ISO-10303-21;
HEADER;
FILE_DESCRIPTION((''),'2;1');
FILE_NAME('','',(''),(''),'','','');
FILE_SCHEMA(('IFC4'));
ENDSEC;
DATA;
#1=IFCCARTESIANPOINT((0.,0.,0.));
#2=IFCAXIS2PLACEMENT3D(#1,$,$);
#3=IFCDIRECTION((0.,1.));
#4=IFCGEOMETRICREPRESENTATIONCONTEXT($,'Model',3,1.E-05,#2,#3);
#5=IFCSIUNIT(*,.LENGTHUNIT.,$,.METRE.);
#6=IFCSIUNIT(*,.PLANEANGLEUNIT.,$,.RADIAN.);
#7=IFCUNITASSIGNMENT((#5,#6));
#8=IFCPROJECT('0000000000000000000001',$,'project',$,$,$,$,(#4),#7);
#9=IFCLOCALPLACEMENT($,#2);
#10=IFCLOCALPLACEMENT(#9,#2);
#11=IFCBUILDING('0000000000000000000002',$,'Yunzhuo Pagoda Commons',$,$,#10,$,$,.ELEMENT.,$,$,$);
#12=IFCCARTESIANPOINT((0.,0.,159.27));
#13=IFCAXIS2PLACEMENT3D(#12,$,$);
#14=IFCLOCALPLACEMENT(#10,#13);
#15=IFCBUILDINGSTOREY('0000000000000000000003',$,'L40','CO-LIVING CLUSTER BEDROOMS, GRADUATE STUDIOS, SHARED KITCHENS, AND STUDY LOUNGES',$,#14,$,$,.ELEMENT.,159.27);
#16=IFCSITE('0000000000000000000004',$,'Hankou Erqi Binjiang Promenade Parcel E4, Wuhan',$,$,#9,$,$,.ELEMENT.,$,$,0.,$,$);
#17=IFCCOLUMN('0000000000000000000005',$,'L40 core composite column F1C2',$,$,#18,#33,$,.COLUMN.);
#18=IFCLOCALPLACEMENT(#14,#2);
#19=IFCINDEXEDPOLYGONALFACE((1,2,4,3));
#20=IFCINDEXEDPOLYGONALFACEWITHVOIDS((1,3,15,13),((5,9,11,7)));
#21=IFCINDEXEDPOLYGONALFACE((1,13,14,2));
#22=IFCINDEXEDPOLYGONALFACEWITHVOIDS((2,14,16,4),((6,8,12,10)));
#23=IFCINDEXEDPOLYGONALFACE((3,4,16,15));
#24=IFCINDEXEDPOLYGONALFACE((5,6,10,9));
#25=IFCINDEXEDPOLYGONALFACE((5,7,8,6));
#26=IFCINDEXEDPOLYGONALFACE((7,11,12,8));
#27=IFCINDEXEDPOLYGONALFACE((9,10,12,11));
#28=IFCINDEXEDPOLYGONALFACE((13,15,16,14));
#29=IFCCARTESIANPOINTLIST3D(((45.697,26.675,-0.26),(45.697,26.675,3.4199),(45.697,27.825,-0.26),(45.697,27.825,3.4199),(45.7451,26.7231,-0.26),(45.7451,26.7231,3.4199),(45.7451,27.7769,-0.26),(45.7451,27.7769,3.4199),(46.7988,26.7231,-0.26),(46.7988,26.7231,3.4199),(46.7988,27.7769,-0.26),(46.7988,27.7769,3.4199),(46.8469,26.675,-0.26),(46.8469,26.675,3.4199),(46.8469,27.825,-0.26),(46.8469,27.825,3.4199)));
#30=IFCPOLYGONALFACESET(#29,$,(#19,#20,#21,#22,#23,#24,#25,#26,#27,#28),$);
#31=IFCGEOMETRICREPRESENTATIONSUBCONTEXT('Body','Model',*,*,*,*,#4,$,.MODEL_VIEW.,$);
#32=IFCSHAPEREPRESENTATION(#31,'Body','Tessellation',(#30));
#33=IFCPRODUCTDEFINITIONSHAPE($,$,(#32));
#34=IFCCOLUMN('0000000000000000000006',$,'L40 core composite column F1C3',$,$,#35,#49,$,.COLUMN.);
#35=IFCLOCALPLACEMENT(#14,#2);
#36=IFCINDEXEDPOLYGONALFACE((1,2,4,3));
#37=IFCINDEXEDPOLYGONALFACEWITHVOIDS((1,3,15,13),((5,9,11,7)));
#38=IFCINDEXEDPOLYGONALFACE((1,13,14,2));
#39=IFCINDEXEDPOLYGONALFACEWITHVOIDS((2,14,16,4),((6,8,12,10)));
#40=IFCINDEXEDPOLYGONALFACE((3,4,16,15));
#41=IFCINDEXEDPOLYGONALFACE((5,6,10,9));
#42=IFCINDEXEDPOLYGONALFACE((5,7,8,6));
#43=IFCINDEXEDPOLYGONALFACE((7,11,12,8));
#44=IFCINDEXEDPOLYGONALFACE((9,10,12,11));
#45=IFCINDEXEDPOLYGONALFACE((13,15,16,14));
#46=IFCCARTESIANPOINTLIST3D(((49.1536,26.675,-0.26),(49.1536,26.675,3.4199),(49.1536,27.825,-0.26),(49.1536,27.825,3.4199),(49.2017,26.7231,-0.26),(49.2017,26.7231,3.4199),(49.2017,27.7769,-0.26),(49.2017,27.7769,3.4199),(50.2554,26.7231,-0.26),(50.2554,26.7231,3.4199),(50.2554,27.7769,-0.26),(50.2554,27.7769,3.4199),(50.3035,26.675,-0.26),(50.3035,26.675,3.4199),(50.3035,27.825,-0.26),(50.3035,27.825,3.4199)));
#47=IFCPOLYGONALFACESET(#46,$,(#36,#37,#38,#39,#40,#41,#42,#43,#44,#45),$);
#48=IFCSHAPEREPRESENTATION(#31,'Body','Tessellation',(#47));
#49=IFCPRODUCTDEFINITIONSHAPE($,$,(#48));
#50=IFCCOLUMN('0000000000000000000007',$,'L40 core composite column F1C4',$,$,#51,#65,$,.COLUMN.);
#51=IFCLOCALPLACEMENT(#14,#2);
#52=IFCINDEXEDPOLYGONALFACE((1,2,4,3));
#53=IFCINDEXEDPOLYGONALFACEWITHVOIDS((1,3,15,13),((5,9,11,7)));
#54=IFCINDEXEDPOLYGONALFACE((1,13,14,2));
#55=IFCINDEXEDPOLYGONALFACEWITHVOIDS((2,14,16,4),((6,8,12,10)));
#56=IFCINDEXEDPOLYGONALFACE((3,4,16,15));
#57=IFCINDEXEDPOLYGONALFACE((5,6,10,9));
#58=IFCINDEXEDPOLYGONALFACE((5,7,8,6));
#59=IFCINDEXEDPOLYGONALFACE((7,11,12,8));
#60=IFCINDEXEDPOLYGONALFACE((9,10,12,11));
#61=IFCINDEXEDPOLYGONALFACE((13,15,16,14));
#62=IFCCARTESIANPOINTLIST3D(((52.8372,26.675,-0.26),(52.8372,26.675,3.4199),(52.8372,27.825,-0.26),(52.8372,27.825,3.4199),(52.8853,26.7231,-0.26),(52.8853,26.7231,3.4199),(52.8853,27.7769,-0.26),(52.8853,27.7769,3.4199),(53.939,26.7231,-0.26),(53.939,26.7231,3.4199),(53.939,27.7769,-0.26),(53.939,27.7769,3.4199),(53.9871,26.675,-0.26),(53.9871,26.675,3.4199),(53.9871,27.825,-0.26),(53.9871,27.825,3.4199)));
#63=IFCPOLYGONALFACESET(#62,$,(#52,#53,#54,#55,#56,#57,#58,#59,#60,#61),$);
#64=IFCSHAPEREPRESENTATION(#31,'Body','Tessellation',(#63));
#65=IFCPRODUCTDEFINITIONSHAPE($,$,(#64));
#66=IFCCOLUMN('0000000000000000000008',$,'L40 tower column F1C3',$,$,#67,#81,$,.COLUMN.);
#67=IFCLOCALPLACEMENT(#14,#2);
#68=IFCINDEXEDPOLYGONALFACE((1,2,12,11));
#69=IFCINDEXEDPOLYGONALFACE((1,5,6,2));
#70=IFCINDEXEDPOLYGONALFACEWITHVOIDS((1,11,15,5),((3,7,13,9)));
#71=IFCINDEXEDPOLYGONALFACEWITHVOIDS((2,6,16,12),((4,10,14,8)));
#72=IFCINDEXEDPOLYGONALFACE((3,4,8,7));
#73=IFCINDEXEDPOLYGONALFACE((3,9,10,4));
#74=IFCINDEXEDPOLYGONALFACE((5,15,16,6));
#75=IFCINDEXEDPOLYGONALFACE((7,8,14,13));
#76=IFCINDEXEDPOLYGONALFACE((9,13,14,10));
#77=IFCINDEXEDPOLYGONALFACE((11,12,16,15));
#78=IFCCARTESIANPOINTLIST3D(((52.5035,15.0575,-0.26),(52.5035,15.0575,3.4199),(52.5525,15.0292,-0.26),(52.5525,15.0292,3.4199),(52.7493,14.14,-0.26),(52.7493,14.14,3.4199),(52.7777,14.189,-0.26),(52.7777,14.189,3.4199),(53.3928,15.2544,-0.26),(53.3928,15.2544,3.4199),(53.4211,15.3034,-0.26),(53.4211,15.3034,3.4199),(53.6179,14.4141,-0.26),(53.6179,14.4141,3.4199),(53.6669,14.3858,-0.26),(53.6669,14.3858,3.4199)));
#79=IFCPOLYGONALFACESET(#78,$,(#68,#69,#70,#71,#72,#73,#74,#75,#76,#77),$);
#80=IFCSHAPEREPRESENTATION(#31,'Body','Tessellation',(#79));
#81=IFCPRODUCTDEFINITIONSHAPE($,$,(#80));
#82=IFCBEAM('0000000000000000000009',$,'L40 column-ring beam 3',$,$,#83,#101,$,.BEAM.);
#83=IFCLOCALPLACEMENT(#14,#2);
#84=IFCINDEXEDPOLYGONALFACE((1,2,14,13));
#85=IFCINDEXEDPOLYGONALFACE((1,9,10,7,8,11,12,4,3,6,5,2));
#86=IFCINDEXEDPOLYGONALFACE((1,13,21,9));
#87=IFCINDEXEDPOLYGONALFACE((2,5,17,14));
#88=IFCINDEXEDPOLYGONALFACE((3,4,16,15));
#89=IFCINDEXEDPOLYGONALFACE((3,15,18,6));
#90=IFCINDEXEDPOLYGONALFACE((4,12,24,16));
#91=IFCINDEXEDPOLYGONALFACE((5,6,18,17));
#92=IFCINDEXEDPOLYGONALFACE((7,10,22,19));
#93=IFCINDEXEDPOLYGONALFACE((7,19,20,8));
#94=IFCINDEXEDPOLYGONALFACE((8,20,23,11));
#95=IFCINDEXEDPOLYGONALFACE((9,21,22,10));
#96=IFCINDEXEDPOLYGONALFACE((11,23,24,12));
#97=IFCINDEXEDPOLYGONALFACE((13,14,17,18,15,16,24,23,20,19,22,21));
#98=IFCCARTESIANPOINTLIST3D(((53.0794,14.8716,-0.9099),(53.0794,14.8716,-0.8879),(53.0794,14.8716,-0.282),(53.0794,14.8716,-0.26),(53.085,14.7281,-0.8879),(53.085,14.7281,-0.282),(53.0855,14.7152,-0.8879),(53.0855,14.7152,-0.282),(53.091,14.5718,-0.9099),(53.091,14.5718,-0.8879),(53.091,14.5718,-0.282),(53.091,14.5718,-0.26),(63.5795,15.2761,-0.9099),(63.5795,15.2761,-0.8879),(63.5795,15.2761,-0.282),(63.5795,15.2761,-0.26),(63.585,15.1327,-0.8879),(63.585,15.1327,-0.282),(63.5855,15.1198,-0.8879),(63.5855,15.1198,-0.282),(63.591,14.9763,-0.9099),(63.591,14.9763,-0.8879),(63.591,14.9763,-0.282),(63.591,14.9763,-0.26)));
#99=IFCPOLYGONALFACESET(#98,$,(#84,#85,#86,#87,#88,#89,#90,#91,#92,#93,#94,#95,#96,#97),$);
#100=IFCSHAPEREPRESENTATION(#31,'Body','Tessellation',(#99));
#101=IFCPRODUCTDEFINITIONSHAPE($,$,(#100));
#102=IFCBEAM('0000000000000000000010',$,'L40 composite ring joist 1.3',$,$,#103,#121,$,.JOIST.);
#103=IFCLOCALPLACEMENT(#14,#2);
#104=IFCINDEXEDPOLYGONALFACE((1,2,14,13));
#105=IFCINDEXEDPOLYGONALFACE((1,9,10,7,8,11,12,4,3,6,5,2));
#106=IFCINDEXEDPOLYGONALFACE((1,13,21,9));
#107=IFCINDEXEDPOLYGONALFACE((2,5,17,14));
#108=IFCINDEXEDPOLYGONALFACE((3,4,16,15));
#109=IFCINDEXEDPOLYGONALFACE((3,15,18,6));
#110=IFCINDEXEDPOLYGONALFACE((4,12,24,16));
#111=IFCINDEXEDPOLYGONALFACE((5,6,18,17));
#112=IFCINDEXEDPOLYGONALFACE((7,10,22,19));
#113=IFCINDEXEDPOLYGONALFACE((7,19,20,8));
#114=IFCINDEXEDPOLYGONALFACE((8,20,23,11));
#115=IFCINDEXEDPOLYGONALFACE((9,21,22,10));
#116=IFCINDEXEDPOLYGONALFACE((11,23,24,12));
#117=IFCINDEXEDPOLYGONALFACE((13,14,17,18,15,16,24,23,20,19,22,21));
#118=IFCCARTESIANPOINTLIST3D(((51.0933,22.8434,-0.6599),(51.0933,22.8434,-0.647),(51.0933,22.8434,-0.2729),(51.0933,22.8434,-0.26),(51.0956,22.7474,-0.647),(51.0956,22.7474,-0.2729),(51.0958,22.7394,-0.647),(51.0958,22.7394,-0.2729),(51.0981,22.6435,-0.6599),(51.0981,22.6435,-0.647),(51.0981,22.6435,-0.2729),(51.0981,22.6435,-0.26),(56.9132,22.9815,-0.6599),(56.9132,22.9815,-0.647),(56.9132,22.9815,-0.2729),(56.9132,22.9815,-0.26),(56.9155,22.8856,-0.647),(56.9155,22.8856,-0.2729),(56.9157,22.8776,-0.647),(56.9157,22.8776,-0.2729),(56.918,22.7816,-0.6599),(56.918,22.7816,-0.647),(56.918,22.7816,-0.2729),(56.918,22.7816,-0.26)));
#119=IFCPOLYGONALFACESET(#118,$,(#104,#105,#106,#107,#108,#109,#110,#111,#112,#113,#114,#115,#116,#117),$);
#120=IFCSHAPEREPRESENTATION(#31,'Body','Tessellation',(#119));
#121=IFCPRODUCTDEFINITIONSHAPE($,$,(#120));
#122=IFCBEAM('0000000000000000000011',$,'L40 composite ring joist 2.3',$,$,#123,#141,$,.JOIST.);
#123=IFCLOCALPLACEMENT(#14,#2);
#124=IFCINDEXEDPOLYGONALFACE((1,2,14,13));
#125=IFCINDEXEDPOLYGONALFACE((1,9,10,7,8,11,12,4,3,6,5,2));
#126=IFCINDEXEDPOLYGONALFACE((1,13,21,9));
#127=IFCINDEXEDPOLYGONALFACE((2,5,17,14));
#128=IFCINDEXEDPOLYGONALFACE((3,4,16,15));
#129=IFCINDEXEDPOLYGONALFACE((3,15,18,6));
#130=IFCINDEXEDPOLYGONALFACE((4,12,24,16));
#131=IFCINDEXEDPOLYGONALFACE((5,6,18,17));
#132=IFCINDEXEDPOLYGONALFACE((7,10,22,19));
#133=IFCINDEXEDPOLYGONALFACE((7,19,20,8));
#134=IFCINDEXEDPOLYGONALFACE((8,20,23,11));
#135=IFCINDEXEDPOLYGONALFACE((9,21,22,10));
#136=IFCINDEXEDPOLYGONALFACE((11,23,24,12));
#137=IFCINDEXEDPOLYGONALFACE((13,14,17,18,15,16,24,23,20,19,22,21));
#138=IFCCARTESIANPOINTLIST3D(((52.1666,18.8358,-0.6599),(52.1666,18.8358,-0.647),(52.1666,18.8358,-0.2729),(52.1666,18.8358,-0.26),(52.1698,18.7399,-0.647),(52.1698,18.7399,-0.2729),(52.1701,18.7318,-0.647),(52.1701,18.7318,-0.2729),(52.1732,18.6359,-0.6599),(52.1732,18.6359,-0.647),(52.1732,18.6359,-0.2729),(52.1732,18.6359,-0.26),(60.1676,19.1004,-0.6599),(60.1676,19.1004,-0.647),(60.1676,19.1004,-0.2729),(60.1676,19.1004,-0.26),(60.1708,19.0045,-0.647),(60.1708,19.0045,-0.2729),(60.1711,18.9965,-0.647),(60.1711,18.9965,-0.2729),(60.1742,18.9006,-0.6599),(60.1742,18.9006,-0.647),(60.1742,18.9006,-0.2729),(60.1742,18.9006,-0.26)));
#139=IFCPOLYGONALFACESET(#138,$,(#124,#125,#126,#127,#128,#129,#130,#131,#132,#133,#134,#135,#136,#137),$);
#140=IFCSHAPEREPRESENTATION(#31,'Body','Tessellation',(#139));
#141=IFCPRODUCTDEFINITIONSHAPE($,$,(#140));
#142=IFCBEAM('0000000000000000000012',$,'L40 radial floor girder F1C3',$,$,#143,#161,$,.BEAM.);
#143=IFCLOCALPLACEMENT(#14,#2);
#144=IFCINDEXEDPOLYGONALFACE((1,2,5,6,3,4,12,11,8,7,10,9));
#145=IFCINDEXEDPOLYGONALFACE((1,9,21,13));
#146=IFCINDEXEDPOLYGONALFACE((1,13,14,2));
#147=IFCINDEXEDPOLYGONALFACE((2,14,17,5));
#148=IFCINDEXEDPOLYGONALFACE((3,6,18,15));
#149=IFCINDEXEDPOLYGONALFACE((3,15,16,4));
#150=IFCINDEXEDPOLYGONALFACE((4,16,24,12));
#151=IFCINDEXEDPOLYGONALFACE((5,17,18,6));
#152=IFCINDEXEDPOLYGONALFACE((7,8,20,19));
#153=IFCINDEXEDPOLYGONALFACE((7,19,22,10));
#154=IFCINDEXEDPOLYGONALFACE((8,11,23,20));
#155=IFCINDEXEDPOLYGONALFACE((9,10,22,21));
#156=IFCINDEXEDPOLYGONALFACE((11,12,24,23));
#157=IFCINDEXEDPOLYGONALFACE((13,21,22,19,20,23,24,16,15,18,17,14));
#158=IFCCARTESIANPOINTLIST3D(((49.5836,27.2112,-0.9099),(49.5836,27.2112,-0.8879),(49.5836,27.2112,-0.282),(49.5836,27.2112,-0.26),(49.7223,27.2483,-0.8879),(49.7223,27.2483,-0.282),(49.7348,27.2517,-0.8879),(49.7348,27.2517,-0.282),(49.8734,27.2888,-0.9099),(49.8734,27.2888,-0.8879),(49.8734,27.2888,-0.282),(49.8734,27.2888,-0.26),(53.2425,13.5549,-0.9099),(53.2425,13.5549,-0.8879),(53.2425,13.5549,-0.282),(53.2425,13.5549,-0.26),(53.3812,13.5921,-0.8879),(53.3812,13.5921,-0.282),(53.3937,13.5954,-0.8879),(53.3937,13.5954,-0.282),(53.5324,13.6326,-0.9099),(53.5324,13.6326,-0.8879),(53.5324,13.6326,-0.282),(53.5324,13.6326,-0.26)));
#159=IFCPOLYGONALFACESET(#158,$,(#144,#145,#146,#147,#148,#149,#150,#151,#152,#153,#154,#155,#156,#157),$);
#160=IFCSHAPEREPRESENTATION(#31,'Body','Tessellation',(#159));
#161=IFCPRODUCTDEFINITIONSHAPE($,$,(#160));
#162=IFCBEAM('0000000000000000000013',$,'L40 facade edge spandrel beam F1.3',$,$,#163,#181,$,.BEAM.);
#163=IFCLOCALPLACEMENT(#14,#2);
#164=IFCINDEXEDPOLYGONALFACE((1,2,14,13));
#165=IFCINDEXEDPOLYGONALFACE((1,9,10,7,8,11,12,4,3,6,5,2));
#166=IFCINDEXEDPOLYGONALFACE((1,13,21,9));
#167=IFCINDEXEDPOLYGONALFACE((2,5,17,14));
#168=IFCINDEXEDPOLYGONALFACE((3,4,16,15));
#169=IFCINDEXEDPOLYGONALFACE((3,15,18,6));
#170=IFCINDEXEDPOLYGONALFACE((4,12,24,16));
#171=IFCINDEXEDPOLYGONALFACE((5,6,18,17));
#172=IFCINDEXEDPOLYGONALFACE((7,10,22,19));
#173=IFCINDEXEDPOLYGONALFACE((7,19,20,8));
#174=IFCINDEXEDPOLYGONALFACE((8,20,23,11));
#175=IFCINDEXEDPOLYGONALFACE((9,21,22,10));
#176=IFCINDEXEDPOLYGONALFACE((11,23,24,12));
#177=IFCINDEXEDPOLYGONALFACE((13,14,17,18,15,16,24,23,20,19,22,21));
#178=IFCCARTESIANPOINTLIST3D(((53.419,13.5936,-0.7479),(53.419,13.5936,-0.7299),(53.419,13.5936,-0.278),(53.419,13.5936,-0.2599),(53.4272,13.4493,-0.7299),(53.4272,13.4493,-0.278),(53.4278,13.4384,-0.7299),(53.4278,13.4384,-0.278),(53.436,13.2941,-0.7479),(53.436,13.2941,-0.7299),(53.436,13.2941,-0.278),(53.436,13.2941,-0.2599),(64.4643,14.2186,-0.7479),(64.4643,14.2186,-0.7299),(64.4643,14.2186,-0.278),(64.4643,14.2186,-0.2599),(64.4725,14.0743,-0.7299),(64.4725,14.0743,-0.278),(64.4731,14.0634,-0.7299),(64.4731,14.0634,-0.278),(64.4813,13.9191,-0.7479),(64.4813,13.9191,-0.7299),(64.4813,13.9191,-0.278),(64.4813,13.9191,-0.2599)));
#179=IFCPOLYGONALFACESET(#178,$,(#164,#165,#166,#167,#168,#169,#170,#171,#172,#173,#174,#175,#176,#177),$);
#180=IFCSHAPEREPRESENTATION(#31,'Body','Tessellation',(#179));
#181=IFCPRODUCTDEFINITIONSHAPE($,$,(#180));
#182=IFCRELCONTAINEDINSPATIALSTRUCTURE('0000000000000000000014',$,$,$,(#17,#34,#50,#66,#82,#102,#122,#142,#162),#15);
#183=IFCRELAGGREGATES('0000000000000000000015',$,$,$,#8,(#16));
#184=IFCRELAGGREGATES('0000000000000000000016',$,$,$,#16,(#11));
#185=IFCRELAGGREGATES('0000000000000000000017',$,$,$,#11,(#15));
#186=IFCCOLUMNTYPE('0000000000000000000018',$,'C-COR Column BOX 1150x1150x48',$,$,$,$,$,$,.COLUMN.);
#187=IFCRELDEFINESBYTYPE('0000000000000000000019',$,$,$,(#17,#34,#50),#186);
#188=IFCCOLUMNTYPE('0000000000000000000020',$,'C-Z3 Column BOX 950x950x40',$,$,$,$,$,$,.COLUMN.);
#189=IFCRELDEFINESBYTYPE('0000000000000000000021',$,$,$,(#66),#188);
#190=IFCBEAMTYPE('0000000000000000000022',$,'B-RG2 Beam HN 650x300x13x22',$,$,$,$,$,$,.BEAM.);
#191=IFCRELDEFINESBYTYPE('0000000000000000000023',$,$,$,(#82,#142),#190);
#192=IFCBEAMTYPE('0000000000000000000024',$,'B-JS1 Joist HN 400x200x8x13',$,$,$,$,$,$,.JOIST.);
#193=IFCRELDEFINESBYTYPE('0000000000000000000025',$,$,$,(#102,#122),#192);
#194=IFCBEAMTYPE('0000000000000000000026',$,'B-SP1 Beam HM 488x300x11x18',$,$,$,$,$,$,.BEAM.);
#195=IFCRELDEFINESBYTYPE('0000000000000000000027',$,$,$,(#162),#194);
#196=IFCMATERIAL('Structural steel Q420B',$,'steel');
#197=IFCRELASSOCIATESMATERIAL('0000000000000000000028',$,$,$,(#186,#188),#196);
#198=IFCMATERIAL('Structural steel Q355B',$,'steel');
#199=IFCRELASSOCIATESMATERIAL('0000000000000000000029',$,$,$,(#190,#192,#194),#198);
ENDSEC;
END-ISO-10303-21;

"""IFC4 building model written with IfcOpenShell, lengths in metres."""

from ifc_helpers import new_model, si_unit, direction, frame, origin, origin_2d, place, context, subcontext, project, spatial, hollow_rectangle, i_section, extrude, source, transform, mapped, material, material_profile, profile_set, type_object, element, save


model = new_model("IFC4")

# Units and contexts
model_context = context("Model", 3, precision=1e-05, world=origin(), true_north=direction((0.0, 1.0)))
body_context = subcontext(model_context, "Body", "Model", "MODEL_VIEW")
ifc_project = project(units=[si_unit("LENGTHUNIT", "METRE"), si_unit("PLANEANGLEUNIT", "RADIAN")], contexts=[model_context])

# Site, building, storey
site_placement = place(None, origin())
site = spatial("IfcSite", under=ifc_project, at=site_placement, Name="Hankou Erqi Binjiang Promenade Parcel E4, Wuhan", CompositionType="ELEMENT", RefElevation=0.0)
building_placement = place(site_placement, origin())
building = spatial("IfcBuilding", under=site, at=building_placement, Name="Yunzhuo Pagoda Commons", CompositionType="ELEMENT")
storey_placement = place(building_placement, frame((0.0, 0.0, 159.27)))
storey = spatial("IfcBuildingStorey", under=building, at=storey_placement, Name="L40", Description="CO-LIVING CLUSTER BEDROOMS, GRADUATE STUDIOS, SHARED KITCHENS, AND STUDY LOUNGES", CompositionType="ELEMENT", Elevation=159.27)

# Columns
ifc_material_1 = material(Name="Structural steel Q420B", Category="steel")
ifc_material_profile_1 = material_profile(ifc_material_1, hollow_rectangle(XDim=1.1499, YDim=1.1499, WallThickness=0.0481, at=origin_2d()), Name="Structural steel Q420B")
ifc_profile_set_1 = profile_set([ifc_material_profile_1], Name="Structural steel Q420B")
column_type_1 = type_object("IfcColumnType", Name="C-COR Column BOX 1150x1150x48", PredefinedType="COLUMN", material=ifc_profile_set_1)
shared_shape_1 = source(origin(), body_context, "Body", "SweptSolid", [
    extrude(hollow_rectangle(XDim=1.1499, YDim=1.1499, WallThickness=0.0481, at=origin_2d()), origin(), (0.0, 0.0, 1.0), 3.6799),
])
for number, where, z_axis, x_axis, name in (
    (1, (46.272, 27.25, -0.26), (0.0, 0.0, 1.0), (1.0, 0.0, 0.0), "L40 core composite column F1C2"),
    (2, (49.7285, 27.25, -0.26), (0.0, 0.0, 1.0), (1.0, 0.0, 0.0), "L40 core composite column F1C3"),
    (3, (53.4121, 27.25, -0.26), (0.0, 0.0, 1.0), (1.0, 0.0, 0.0), "L40 core composite column F1C4"),
):
    element("IfcColumn", number, at=place(storey_placement, frame(where, z_axis=z_axis, x_axis=x_axis)), inside=storey, type_object=column_type_1, Name=name, PredefinedType="COLUMN", context=body_context, shape_type="MappedRepresentation", body=[
        mapped(shared_shape_1, transform((0.0, 0.0, 0.0), scale=1.0)),
    ])
ifc_material_profile_2 = material_profile(ifc_material_1, hollow_rectangle(XDim=0.95, YDim=0.95, WallThickness=0.04, at=origin_2d()), Name="Structural steel Q420B")
ifc_profile_set_2 = profile_set([ifc_material_profile_2], Name="Structural steel Q420B")
column_type_2 = type_object("IfcColumnType", Name="C-Z3 Column BOX 950x950x40", PredefinedType="COLUMN", material=ifc_profile_set_2)
shared_shape_2 = source(origin(), body_context, "Body", "SweptSolid", [
    extrude(hollow_rectangle(XDim=0.95, YDim=0.95, WallThickness=0.04, at=origin_2d()), origin(), (0.0, 0.0, 1.0), 3.6799),
])
column_placement = place(storey_placement, frame((53.0852, 14.7217, -0.26), z_axis=(0.0, 0.0, 1.0), x_axis=(0.965926, 0.258819, 0.0)))
element("IfcColumn", 4, at=column_placement, inside=storey, type_object=column_type_2, Name="L40 tower column F1C3", PredefinedType="COLUMN", context=body_context, shape_type="MappedRepresentation", body=[
    mapped(shared_shape_2, transform((0.0, 0.0, 0.0), scale=1.0)),
])

# Beams
ifc_material_2 = material(Name="Structural steel Q355B", Category="steel")
ifc_material_profile_3 = material_profile(ifc_material_2, i_section(OverallWidth=0.3, OverallDepth=0.6499, WebThickness=0.0129, FlangeThickness=0.022, at=origin_2d()), Name="Structural steel Q355B")
ifc_profile_set_3 = profile_set([ifc_material_profile_3], Name="Structural steel Q355B")
beam_type_1 = type_object("IfcBeamType", Name="B-RG2 Beam HN 650x300x13x22", PredefinedType="BEAM", material=ifc_profile_set_3)
shared_shape_3 = source(origin(), body_context, "Body", "SweptSolid", [
    extrude(i_section(OverallWidth=0.3, OverallDepth=0.6499, WebThickness=0.0129, FlangeThickness=0.022, at=origin_2d()), origin(), (0.0, 0.0, 1.0), 10.5078),
])
beam_1_placement = place(storey_placement, frame((53.0852, 14.7217, -0.585), z_axis=(0.999259, 0.038499, 0.0), x_axis=(-0.038499, 0.999259, 0.0)))
element("IfcBeam", 5, at=beam_1_placement, inside=storey, type_object=beam_type_1, Name="L40 column-ring beam 3", PredefinedType="BEAM", context=body_context, shape_type="MappedRepresentation", body=[
    mapped(shared_shape_3, transform((0.0, 0.0, 0.0), scale=1.0)),
])
ifc_material_profile_4 = material_profile(ifc_material_2, i_section(OverallWidth=0.2, OverallDepth=0.3999, WebThickness=0.0081, FlangeThickness=0.0129, at=origin_2d()), Name="Structural steel Q355B")
ifc_profile_set_4 = profile_set([ifc_material_profile_4], Name="Structural steel Q355B")
beam_type_2 = type_object("IfcBeamType", Name="B-JS1 Joist HN 400x200x8x13", PredefinedType="JOIST", material=ifc_profile_set_4)
shared_shape_4 = source(origin(), body_context, "Body", "SweptSolid", [
    extrude(i_section(OverallWidth=0.2, OverallDepth=0.3999, WebThickness=0.0081, FlangeThickness=0.0129, at=origin_2d()), origin(), (0.0, 0.0, 1.0), 5.8215),
])
beam_2_placement = place(storey_placement, frame((51.0957, 22.7434, -0.46), z_axis=(0.999718, 0.023737, 0.0), x_axis=(-0.023737, 0.999718, 0.0)))
element("IfcBeam", 6, at=beam_2_placement, inside=storey, type_object=beam_type_2, Name="L40 composite ring joist 1.3", PredefinedType="JOIST", context=body_context, shape_type="MappedRepresentation", body=[
    mapped(shared_shape_4, transform((0.0, 0.0, 0.0), scale=1.0)),
])
shared_shape_5 = source(origin(), body_context, "Body", "SweptSolid", [
    extrude(i_section(OverallWidth=0.2, OverallDepth=0.3999, WebThickness=0.0081, FlangeThickness=0.0129, at=origin_2d()), origin(), (0.0, 0.0, 1.0), 8.0054),
])
beam_3_placement = place(storey_placement, frame((52.1699, 18.7358, -0.46), z_axis=(0.999453, 0.033059, 0.0), x_axis=(-0.033059, 0.999453, 0.0)))
element("IfcBeam", 7, at=beam_3_placement, inside=storey, type_object=beam_type_2, Name="L40 composite ring joist 2.3", PredefinedType="JOIST", context=body_context, shape_type="MappedRepresentation", body=[
    mapped(shared_shape_5, transform((0.0, 0.0, 0.0), scale=1.0)),
])
shared_shape_6 = source(origin(), body_context, "Body", "SweptSolid", [
    extrude(i_section(OverallWidth=0.3, OverallDepth=0.6499, WebThickness=0.0129, FlangeThickness=0.022, at=origin_2d()), origin(), (0.0, 0.0, 1.0), 14.1379),
])
beam_4_placement = place(storey_placement, frame((53.3875, 13.5938, -0.585), z_axis=(-0.258803, 0.96593, 0.0), x_axis=(-0.96593, -0.258803, 0.0)))
element("IfcBeam", 8, at=beam_4_placement, inside=storey, type_object=beam_type_1, Name="L40 radial floor girder F1C3", PredefinedType="BEAM", context=body_context, shape_type="MappedRepresentation", body=[
    mapped(shared_shape_6, transform((0.0, 0.0, 0.0), scale=1.0)),
])
ifc_material_profile_5 = material_profile(ifc_material_2, i_section(OverallWidth=0.3, OverallDepth=0.488, WebThickness=0.011, FlangeThickness=0.0181, at=origin_2d()), Name="Structural steel Q355B")
ifc_profile_set_5 = profile_set([ifc_material_profile_5], Name="Structural steel Q355B")
beam_type_3 = type_object("IfcBeamType", Name="B-SP1 Beam HM 488x300x11x18", PredefinedType="BEAM", material=ifc_profile_set_5)
shared_shape_7 = source(origin(), body_context, "Body", "SweptSolid", [
    extrude(i_section(OverallWidth=0.3, OverallDepth=0.488, WebThickness=0.011, FlangeThickness=0.0181, at=origin_2d()), origin(), (0.0, 0.0, 1.0), 11.063),
])
beam_5_placement = place(storey_placement, frame((53.4275, 13.4438, -0.5039), z_axis=(0.998403, 0.056494, 0.0), x_axis=(-0.056494, 0.998403, 0.0)))
element("IfcBeam", 9, at=beam_5_placement, inside=storey, type_object=beam_type_3, Name="L40 facade edge spandrel beam F1.3", PredefinedType="BEAM", context=body_context, shape_type="MappedRepresentation", body=[
    mapped(shared_shape_7, transform((0.0, 0.0, 0.0), scale=1.0)),
])

save(model, "model.ifc")
